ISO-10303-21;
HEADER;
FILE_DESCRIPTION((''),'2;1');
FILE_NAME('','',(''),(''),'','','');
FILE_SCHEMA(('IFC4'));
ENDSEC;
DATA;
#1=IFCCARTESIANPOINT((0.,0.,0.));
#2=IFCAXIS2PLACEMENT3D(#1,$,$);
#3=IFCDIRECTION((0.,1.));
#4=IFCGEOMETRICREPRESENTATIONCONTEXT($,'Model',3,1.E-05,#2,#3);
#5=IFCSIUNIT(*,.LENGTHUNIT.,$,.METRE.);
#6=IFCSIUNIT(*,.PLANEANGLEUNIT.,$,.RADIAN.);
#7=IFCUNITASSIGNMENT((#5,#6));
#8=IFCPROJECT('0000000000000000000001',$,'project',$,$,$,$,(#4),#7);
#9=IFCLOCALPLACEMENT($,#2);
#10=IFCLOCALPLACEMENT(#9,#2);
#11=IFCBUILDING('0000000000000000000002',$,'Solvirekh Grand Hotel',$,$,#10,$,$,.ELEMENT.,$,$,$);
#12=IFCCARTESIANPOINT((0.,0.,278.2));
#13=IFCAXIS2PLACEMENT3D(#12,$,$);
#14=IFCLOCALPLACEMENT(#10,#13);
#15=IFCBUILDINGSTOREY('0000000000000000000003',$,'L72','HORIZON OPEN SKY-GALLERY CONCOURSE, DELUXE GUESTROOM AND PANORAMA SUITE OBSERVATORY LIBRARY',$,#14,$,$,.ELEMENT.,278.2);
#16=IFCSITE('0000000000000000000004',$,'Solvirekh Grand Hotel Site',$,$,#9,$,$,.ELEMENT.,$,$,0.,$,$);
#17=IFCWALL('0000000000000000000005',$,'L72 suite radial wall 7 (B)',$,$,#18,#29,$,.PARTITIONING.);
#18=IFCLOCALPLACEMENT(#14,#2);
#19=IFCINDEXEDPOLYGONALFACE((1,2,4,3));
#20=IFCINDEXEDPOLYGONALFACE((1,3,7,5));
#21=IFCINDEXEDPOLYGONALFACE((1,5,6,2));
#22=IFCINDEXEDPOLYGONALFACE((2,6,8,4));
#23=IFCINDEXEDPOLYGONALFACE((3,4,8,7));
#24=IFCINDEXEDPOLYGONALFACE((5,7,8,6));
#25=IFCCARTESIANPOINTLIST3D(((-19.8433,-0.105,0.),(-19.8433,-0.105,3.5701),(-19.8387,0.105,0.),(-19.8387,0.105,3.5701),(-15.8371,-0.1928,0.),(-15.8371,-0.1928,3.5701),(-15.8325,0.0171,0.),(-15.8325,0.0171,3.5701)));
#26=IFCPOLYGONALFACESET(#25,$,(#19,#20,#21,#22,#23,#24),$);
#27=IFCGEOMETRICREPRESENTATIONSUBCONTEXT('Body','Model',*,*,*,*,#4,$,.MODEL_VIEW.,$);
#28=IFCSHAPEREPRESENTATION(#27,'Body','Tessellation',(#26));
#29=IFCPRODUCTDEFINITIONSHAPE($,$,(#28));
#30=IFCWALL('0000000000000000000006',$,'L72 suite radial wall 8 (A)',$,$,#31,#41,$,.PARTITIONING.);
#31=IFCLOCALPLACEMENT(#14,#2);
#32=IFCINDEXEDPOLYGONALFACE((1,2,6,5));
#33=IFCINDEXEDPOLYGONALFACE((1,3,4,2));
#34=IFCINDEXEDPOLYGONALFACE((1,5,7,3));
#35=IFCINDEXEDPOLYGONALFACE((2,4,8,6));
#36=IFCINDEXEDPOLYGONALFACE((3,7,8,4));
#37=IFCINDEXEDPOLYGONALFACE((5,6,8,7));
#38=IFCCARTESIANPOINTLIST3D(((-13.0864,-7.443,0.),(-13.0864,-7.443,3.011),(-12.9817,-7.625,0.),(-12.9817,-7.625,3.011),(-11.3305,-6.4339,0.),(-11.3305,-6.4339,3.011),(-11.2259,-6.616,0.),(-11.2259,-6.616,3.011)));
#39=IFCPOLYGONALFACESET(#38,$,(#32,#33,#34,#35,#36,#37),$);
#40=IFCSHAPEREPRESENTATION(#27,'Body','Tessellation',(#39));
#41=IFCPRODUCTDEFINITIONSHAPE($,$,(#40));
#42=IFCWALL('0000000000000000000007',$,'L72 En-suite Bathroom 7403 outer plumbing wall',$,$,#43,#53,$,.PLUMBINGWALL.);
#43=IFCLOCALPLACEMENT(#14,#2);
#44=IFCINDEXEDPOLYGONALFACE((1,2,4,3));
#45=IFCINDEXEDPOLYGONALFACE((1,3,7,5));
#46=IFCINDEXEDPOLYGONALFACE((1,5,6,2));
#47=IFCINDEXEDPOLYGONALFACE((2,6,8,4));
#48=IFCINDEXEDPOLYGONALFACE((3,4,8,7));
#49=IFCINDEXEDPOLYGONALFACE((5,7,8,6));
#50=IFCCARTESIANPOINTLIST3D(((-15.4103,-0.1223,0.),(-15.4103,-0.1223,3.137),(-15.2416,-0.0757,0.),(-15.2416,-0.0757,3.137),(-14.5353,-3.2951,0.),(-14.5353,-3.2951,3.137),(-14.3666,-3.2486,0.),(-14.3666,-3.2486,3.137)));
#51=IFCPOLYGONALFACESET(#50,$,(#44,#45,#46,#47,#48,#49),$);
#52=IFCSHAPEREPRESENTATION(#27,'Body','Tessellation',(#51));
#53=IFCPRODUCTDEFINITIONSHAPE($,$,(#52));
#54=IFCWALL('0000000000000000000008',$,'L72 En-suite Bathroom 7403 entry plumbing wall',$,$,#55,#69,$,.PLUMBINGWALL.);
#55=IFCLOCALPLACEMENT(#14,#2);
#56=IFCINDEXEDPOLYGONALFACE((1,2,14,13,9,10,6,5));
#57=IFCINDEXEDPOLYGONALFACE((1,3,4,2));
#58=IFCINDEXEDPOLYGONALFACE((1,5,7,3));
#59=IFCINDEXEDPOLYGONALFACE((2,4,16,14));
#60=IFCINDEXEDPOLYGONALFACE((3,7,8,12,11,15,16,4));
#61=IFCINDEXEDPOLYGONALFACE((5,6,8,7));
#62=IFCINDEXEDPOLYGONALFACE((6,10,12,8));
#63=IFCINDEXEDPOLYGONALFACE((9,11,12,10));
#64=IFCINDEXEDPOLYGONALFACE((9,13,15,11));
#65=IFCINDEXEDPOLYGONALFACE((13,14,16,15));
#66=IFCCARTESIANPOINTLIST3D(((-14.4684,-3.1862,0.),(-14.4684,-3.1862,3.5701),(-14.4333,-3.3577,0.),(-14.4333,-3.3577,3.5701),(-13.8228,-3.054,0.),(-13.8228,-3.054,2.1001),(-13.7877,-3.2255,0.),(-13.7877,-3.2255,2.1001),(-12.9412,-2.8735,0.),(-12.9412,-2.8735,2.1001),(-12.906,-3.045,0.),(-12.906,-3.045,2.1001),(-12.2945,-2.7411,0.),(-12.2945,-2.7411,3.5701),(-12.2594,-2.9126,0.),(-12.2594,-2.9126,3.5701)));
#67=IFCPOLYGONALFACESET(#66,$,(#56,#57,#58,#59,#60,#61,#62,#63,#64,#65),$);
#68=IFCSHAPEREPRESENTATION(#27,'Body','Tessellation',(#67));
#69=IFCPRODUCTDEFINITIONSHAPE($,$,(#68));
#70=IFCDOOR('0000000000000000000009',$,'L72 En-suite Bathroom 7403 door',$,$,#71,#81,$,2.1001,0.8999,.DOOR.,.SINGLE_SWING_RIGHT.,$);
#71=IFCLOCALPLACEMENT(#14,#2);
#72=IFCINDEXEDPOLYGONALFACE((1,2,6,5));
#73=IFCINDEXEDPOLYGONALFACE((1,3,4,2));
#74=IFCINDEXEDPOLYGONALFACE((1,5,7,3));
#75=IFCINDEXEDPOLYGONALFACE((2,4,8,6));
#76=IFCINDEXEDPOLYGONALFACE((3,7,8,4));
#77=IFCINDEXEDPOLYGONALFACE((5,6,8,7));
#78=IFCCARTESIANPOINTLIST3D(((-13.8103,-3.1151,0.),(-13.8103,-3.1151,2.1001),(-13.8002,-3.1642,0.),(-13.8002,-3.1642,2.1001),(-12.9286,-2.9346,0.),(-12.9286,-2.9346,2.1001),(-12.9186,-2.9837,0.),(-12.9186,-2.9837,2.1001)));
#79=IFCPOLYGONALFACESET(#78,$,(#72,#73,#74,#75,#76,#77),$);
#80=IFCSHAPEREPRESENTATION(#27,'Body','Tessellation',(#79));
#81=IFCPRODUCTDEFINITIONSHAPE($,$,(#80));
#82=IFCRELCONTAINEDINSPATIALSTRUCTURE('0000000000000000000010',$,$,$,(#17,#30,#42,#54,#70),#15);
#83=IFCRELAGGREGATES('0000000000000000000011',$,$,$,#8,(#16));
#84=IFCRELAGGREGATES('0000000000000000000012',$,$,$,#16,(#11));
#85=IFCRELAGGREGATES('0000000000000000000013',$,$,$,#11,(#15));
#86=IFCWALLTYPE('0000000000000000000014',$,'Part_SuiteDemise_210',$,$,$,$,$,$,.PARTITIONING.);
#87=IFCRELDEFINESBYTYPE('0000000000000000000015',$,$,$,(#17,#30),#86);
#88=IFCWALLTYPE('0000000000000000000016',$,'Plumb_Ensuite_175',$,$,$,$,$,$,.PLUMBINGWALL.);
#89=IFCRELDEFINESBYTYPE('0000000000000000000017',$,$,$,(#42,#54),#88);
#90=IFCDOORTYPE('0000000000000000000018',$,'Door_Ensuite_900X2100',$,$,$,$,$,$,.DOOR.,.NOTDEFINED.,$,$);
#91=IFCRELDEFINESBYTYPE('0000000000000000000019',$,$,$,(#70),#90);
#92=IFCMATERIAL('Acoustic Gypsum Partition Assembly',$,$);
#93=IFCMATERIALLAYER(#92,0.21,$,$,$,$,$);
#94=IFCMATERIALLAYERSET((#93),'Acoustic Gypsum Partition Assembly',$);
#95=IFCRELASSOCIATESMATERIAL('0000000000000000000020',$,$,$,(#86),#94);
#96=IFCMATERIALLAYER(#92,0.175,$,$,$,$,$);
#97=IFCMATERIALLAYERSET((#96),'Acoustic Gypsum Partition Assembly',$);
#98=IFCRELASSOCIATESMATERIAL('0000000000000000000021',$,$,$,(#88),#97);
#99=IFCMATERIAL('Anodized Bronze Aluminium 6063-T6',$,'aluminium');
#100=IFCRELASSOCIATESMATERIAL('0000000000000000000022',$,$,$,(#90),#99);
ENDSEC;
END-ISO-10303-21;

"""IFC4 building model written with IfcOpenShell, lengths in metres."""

from ifc_helpers import new_model, si_unit, direction, frame, frame_2d, origin, place, context, subcontext, project, spatial, rectangle, extrude, material, layer, layer_set, type_object, element, fill, save


model = new_model("IFC4")

# Units and contexts
model_context = context("Model", 3, precision=1e-05, world=origin(), true_north=direction((0.0, 1.0)))
body_context = subcontext(model_context, "Body", "Model", "MODEL_VIEW")
ifc_project = project(units=[si_unit("LENGTHUNIT", "METRE"), si_unit("PLANEANGLEUNIT", "RADIAN")], contexts=[model_context])

# Site, building, storey
site_placement = place(None, origin())
site = spatial("IfcSite", under=ifc_project, at=site_placement, Name="Solvirekh Grand Hotel Site", CompositionType="ELEMENT", RefElevation=0.0)
building_placement = place(site_placement, origin())
building = spatial("IfcBuilding", under=site, at=building_placement, Name="Solvirekh Grand Hotel", CompositionType="ELEMENT")
storey_placement = place(building_placement, frame((0.0, 0.0, 278.2)))
storey = spatial("IfcBuildingStorey", under=building, at=storey_placement, Name="L72", Description="HORIZON OPEN SKY-GALLERY CONCOURSE, DELUXE GUESTROOM AND PANORAMA SUITE OBSERVATORY LIBRARY", CompositionType="ELEMENT", Elevation=278.2)

# Shared definitions
ifc_material_1 = material(Name="Anodized Bronze Aluminium 6063-T6", Category="aluminium")

# Shared definitions
ifc_material_2 = material(Name="Acoustic Gypsum Partition Assembly")

# Walls
ifc_layer_1 = layer(ifc_material_2, 0.21)
ifc_layer_set_1 = layer_set([ifc_layer_1], Name="Acoustic Gypsum Partition Assembly")
wall_type_1 = type_object("IfcWallType", Name="Part_SuiteDemise_210", PredefinedType="PARTITIONING", material=ifc_layer_set_1)
wall_1_placement = place(storey_placement, frame((-15.835, -0.0879, 0.0), z_axis=(0.0, 0.0, 1.0), x_axis=(-0.999759, 0.021934, 0.0)))
element("IfcWall", 1, at=wall_1_placement, inside=storey, type_object=wall_type_1, Name="L72 suite radial wall 7 (B)", PredefinedType="PARTITIONING", context=body_context, shape_type="SweptSolid", body=[
    extrude(rectangle(XDim=4.0071, YDim=0.21, at=frame_2d((2.0034, 0.0))), origin(), (0.0, 0.0, 1.0), 3.5701),
])
wall_2_placement = place(storey_placement, frame((-11.2781, -6.5249, 0.0), z_axis=(0.0, 0.0, 1.0), x_axis=(-0.867031, -0.498254, 0.0)))
element("IfcWall", 2, at=wall_2_placement, inside=storey, type_object=wall_type_1, Name="L72 suite radial wall 8 (A)", PredefinedType="PARTITIONING", context=body_context, shape_type="SweptSolid", body=[
    extrude(rectangle(XDim=2.0251, YDim=0.21, at=frame_2d((1.0127, 0.0))), origin(), (0.0, 0.0, 1.0), 3.011),
])
ifc_layer_2 = layer(ifc_material_2, 0.175)
ifc_layer_set_2 = layer_set([ifc_layer_2], Name="Acoustic Gypsum Partition Assembly")
wall_type_2 = type_object("IfcWallType", Name="Plumb_Ensuite_175", PredefinedType="PLUMBINGWALL", material=ifc_layer_set_2)
wall_3_placement = place(storey_placement, frame((-15.3259, -0.0991, 0.0), z_axis=(0.0, 0.0, 1.0), x_axis=(0.265853, -0.964014, 0.0)))
element("IfcWall", 3, at=wall_3_placement, inside=storey, type_object=wall_type_2, Name="L72 En-suite Bathroom 7403 outer plumbing wall", PredefinedType="PLUMBINGWALL", context=body_context, shape_type="SweptSolid", body=[
    extrude(rectangle(XDim=3.2913, YDim=0.175, at=frame_2d((1.6455, 0.0))), origin(), (0.0, 0.0, 1.0), 3.137),
])

# Wall, opening, door
wall_4_placement = place(storey_placement, frame((-12.2771, -2.8269, 0.0), z_axis=(0.0, 0.0, 1.0), x_axis=(-0.979678, -0.200579, 0.0)))
wall_4 = element("IfcWall", 4, at=wall_4_placement, inside=storey, type_object=wall_type_2, Name="L72 En-suite Bathroom 7403 entry plumbing wall", PredefinedType="PLUMBINGWALL", context=body_context, shape_type="SweptSolid", body=[
    extrude(rectangle(XDim=2.219, YDim=0.175, at=frame_2d((1.1094, 0.0))), origin(), (0.0, 0.0, 1.0), 3.5701),
])
opening_1_placement = place(wall_4_placement, frame((0.6599, 0.0, 0.0)))
opening_1 = element("IfcOpeningElement", 5, at=opening_1_placement, cuts=wall_4, PredefinedType="OPENING", context=body_context, shape_type="SweptSolid", body=[
    extrude(rectangle(XDim=0.8999, YDim=2.1001, at=frame_2d((0.45, 1.05))), frame((0.0, 0.0977, 0.0), z_axis=(0.0, -1.0, 0.0), x_axis=(1.0, 0.0, 0.0)), (0.0, 0.0, 1.0), 0.1951),
])
door_type_1 = type_object("IfcDoorType", Name="Door_Ensuite_900X2100", OperationType="NOTDEFINED", PredefinedType="DOOR", material=ifc_material_1)
door_1_placement = place(opening_1_placement, origin())
door_1 = element("IfcDoor", 6, at=door_1_placement, inside=storey, type_object=door_type_1, Name="L72 En-suite Bathroom 7403 door", OperationType="SINGLE_SWING_RIGHT", OverallHeight=2.1001, OverallWidth=0.8999, PredefinedType="DOOR", context=body_context, shape_type="SweptSolid", body=[
    extrude(rectangle(XDim=0.8999, YDim=2.1001, at=frame_2d((0.45, 1.05))), frame((0.0, 0.0249, 0.0), z_axis=(0.0, -1.0, 0.0), x_axis=(1.0, 0.0, 0.0)), (0.0, 0.0, 1.0), 0.05),
])
fill(opening_1, door_1)

save(model, "model.ifc")
